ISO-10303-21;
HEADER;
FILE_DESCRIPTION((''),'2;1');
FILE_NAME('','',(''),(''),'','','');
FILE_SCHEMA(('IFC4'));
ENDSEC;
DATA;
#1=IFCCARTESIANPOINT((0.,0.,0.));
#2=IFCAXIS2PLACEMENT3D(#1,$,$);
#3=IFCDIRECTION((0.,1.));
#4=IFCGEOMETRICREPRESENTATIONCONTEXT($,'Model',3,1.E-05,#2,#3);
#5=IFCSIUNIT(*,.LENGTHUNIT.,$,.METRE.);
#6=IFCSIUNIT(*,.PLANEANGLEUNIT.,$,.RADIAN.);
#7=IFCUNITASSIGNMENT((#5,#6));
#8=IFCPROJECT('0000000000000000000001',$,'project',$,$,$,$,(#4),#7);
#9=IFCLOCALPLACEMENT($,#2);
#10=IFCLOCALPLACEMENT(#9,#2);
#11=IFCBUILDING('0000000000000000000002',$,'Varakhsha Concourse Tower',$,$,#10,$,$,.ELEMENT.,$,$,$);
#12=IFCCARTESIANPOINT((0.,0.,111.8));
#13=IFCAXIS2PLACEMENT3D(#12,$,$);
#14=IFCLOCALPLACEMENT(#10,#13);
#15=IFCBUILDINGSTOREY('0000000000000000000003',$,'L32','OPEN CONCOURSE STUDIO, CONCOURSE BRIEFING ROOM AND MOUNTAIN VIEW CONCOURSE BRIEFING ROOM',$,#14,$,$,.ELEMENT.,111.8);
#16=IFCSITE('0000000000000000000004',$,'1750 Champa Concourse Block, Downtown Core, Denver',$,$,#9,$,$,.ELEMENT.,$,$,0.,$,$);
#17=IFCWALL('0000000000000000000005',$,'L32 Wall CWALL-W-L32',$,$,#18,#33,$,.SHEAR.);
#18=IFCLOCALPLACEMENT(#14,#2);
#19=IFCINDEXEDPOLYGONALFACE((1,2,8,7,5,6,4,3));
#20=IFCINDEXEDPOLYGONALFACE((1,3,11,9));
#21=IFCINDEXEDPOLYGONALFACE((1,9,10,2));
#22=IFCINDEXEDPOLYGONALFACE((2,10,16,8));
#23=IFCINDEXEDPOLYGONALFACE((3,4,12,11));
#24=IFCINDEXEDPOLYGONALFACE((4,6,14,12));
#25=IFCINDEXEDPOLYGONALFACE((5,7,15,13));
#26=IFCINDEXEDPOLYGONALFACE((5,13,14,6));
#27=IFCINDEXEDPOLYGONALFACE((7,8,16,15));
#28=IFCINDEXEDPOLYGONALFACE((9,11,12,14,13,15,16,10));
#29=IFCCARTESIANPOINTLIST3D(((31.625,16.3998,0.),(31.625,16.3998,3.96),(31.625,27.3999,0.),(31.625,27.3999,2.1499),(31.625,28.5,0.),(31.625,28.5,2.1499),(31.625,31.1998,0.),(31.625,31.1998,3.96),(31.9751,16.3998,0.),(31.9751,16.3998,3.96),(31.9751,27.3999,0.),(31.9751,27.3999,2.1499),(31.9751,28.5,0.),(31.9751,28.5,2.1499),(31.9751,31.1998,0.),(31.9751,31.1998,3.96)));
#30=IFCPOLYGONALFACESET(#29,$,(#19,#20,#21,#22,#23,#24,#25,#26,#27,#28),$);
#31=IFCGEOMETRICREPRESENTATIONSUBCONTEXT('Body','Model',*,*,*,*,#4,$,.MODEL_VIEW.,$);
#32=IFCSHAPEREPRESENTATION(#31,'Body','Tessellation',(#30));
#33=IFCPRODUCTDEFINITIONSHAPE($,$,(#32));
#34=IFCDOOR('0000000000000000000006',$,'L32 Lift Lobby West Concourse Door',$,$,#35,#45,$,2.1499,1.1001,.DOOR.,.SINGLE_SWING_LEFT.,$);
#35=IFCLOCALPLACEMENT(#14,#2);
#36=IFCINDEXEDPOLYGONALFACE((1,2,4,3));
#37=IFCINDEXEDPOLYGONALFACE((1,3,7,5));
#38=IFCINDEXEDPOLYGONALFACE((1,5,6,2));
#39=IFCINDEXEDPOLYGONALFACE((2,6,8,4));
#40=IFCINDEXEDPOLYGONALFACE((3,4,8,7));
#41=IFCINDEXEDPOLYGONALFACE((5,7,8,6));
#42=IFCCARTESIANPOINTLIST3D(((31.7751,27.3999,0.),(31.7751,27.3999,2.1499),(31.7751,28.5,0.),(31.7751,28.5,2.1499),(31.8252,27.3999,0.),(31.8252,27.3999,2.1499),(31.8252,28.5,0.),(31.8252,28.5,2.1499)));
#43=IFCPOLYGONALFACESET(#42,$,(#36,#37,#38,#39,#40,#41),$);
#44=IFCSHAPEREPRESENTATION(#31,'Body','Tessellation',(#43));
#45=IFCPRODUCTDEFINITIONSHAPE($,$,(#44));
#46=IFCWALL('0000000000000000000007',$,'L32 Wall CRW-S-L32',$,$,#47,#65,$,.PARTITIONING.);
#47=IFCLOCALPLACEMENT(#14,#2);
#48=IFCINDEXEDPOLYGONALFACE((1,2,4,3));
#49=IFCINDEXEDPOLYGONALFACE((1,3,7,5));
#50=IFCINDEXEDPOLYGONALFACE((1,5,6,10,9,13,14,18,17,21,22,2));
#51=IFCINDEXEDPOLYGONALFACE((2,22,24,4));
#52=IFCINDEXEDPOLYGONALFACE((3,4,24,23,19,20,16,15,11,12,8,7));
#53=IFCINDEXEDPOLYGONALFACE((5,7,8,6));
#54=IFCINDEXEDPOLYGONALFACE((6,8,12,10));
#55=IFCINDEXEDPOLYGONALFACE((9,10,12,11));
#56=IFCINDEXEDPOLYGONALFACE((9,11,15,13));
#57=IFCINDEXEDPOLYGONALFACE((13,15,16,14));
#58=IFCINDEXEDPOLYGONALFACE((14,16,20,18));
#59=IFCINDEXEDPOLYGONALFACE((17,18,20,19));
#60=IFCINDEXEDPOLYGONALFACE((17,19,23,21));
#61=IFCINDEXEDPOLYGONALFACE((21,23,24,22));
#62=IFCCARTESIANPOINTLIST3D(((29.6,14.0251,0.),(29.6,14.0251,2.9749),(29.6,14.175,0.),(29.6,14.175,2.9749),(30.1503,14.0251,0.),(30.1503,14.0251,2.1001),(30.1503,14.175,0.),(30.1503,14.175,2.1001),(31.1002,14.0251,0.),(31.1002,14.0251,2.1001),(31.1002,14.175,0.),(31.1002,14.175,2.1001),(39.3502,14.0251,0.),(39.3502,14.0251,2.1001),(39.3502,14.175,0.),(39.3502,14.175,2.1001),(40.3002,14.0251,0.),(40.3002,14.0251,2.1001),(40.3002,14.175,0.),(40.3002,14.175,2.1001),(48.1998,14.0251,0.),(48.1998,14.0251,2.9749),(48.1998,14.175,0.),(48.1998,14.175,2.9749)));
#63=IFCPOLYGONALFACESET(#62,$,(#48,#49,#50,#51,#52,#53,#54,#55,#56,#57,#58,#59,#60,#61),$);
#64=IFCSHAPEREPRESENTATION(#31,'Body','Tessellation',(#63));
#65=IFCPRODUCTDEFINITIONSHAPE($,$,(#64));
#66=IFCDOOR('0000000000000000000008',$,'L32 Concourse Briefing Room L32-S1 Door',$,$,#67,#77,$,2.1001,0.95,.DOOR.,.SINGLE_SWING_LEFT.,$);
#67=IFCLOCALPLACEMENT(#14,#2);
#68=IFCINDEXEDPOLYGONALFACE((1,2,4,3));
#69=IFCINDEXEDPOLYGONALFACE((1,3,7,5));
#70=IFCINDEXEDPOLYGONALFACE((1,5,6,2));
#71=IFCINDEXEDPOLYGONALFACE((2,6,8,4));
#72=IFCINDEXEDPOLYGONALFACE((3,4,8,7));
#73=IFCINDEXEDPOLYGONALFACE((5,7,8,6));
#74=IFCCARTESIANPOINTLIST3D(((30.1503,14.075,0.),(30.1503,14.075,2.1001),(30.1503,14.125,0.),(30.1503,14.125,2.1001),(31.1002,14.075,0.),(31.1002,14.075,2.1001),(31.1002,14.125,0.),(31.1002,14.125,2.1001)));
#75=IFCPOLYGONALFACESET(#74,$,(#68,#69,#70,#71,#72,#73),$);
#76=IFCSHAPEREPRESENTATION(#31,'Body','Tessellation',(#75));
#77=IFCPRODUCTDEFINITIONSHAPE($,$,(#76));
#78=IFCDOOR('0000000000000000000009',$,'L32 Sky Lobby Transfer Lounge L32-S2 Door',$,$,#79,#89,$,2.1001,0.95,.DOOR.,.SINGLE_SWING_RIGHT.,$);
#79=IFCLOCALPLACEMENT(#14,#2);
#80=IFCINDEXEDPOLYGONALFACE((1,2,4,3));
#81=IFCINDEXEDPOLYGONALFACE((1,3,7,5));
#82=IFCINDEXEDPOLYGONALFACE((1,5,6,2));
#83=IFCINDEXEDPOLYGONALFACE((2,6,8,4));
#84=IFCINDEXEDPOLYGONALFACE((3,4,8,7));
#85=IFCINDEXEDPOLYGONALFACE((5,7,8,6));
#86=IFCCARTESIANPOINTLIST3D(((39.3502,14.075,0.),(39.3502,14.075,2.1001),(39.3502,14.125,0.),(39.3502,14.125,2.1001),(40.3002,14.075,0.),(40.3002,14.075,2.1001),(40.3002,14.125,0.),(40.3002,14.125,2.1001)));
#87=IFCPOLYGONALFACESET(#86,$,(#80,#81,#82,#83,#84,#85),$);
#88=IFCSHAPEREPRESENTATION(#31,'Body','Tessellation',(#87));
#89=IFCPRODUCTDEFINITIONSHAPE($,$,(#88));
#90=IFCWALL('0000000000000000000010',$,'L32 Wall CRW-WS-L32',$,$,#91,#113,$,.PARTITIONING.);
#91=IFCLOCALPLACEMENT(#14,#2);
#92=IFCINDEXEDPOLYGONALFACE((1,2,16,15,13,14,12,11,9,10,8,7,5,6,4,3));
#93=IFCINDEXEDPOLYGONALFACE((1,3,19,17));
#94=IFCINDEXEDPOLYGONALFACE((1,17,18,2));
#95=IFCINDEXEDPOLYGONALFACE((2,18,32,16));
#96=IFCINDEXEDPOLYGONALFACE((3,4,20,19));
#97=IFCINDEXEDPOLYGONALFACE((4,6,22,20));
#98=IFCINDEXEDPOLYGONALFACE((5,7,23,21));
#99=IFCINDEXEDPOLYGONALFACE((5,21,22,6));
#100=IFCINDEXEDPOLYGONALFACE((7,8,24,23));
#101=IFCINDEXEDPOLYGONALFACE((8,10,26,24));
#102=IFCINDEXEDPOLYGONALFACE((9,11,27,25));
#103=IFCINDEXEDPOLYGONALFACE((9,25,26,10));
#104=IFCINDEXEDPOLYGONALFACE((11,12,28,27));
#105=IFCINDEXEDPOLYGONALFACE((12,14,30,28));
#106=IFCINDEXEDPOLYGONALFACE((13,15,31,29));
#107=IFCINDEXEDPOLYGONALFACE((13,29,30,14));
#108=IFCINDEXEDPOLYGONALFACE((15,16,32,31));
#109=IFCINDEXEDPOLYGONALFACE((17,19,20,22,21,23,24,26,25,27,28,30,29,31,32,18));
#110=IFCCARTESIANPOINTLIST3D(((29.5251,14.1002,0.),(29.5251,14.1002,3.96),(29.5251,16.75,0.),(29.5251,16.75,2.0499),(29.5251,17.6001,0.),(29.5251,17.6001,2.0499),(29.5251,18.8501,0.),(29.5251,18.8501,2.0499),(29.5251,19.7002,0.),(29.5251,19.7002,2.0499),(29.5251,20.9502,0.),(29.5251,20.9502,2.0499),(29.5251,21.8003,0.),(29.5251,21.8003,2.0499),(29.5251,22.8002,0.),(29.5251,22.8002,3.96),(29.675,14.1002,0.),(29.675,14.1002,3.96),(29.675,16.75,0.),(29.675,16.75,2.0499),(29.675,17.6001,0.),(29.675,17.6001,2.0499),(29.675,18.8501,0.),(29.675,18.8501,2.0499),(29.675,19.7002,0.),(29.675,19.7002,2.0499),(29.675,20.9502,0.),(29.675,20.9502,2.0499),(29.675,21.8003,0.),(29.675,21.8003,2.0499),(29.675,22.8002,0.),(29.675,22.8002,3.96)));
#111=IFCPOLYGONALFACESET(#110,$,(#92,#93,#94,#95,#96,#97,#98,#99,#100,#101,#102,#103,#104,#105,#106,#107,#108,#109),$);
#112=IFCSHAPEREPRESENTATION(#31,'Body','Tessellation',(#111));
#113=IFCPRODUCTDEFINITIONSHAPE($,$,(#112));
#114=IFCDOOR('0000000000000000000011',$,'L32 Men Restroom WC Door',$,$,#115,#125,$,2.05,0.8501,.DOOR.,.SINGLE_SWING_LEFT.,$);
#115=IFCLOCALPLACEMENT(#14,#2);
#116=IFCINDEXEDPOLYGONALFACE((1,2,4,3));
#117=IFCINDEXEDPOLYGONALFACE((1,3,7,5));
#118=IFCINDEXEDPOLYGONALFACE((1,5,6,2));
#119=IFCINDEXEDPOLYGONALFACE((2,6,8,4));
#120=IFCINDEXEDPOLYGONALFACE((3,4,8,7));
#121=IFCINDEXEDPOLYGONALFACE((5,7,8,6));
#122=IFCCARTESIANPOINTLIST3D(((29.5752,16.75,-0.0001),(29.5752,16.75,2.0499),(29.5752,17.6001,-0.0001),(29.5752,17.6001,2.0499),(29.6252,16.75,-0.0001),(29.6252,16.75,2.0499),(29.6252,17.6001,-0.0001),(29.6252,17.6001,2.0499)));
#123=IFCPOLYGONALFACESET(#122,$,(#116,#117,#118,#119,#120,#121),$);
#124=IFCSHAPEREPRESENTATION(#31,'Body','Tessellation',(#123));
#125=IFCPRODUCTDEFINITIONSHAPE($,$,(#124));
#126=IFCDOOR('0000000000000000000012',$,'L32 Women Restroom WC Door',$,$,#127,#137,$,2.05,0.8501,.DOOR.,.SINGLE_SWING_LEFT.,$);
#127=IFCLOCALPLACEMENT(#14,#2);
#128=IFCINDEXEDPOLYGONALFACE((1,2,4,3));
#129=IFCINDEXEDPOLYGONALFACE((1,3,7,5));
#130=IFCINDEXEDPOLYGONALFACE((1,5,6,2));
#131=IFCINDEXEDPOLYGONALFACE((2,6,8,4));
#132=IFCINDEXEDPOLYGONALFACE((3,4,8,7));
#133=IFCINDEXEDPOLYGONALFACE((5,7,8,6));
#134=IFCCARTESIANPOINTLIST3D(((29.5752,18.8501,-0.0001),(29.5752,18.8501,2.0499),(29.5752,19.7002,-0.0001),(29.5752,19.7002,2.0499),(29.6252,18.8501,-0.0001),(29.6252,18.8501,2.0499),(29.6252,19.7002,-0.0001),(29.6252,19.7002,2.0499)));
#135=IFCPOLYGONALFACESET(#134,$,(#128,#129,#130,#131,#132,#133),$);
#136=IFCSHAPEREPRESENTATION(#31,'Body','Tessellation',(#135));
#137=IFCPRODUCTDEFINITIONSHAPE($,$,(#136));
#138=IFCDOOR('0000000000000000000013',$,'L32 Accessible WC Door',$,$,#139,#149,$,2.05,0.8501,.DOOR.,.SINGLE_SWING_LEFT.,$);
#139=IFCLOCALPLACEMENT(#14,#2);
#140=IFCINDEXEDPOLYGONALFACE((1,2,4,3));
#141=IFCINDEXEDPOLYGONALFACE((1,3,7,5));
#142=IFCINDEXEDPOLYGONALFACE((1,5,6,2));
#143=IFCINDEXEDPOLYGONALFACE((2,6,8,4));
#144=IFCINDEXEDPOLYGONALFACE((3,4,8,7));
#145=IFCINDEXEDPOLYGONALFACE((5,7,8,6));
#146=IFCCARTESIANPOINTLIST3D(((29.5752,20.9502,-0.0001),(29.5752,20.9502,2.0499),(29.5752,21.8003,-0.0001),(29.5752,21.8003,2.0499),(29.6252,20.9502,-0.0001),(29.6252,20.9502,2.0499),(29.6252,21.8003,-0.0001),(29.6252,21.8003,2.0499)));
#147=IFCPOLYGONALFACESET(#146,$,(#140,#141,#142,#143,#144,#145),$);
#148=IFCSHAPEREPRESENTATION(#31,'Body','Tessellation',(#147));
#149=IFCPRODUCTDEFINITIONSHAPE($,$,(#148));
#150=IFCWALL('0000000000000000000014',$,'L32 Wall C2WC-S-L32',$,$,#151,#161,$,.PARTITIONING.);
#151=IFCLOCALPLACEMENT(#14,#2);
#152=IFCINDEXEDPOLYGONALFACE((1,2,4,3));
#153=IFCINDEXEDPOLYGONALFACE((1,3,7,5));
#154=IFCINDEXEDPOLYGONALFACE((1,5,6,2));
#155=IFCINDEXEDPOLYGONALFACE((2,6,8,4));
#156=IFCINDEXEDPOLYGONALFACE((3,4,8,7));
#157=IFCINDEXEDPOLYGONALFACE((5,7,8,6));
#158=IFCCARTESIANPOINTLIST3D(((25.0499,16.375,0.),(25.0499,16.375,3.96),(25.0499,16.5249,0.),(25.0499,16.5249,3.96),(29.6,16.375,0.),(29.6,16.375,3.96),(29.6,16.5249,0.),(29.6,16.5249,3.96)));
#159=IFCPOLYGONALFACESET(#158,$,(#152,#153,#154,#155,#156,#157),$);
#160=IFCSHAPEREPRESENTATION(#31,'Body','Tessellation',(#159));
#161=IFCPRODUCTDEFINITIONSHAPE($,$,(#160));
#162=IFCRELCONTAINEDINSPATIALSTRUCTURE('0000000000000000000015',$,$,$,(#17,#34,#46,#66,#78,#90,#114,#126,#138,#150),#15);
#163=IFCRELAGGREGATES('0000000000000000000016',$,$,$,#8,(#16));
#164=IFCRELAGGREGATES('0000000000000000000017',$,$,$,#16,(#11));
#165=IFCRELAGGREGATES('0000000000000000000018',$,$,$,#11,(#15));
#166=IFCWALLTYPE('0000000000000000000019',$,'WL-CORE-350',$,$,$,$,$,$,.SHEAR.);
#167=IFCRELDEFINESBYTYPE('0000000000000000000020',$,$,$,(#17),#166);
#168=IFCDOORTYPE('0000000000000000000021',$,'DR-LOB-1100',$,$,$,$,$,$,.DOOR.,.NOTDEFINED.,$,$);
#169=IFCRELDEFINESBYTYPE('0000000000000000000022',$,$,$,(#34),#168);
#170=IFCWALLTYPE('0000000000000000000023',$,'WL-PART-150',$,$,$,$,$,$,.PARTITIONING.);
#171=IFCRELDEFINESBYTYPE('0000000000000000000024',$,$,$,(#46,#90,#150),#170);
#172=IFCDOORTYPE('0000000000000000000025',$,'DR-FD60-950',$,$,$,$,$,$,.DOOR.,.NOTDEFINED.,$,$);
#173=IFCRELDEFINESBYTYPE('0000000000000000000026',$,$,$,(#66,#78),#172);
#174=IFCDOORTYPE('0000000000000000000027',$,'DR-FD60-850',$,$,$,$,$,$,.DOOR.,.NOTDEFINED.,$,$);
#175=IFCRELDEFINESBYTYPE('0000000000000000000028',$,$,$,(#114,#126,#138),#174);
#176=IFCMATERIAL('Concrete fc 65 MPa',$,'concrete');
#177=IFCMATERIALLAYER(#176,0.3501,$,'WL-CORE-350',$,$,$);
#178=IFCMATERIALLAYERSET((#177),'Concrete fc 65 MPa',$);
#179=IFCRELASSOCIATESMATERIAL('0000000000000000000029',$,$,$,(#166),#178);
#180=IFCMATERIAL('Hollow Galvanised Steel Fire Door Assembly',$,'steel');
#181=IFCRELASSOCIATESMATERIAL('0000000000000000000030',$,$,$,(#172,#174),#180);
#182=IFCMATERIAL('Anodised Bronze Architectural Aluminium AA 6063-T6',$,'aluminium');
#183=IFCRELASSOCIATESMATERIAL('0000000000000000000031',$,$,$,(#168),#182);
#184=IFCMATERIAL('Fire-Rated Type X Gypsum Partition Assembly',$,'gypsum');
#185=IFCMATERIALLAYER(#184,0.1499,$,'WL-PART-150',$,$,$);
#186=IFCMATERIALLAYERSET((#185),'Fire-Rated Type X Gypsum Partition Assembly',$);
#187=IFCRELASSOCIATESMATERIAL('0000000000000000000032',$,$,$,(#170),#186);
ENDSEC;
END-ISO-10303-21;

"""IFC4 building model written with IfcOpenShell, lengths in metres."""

from ifc_helpers import new_model, si_unit, direction, frame, frame_2d, origin, place, context, subcontext, project, spatial, rectangle, extrude, material, layer, layer_set, type_object, element, fill, save


model = new_model("IFC4")

# Units and contexts
model_context = context("Model", 3, precision=1e-05, world=origin(), true_north=direction((0.0, 1.0)))
body_context = subcontext(model_context, "Body", "Model", "MODEL_VIEW")
ifc_project = project(units=[si_unit("LENGTHUNIT", "METRE"), si_unit("PLANEANGLEUNIT", "RADIAN")], contexts=[model_context])

# Site, building, storey
site_placement = place(None, origin())
site = spatial("IfcSite", under=ifc_project, at=site_placement, Name="1750 Champa Concourse Block, Downtown Core, Denver", CompositionType="ELEMENT", RefElevation=0.0)
building_placement = place(site_placement, origin())
building = spatial("IfcBuilding", under=site, at=building_placement, Name="Varakhsha Concourse Tower", CompositionType="ELEMENT")
storey_placement = place(building_placement, frame((0.0, 0.0, 111.8)))
storey = spatial("IfcBuildingStorey", under=building, at=storey_placement, Name="L32", Description="OPEN CONCOURSE STUDIO, CONCOURSE BRIEFING ROOM AND MOUNTAIN VIEW CONCOURSE BRIEFING ROOM", CompositionType="ELEMENT", Elevation=111.8)

# Shared definitions
ifc_material_1 = material(Name="Concrete fc 65 MPa", Category="concrete")

# Shared definitions
ifc_layer_1 = layer(ifc_material_1, 0.3501, Name="WL-CORE-350")
ifc_layer_set_1 = layer_set([ifc_layer_1], Name="Concrete fc 65 MPa")
wall_type_1 = type_object("IfcWallType", Name="WL-CORE-350", PredefinedType="SHEAR", material=ifc_layer_set_1)
ifc_material_2 = material(Name="Hollow Galvanised Steel Fire Door Assembly", Category="steel")
door_type_1 = type_object("IfcDoorType", Name="DR-FD60-950", OperationType="NOTDEFINED", PredefinedType="DOOR", material=ifc_material_2)

# Wall, opening, door
wall_1_placement = place(storey_placement, frame((31.8, 16.3999, 0.0), z_axis=(0.0, 0.0, 1.0), x_axis=(0.0, 1.0, 0.0)))
wall_1 = element("IfcWall", 1, at=wall_1_placement, inside=storey, type_object=wall_type_1, Name="L32 Wall CWALL-W-L32", PredefinedType="SHEAR", context=body_context, shape_type="SweptSolid", body=[
    extrude(rectangle(XDim=14.8, YDim=0.3501, at=frame_2d((7.3999, 0.0))), origin(), (0.0, 0.0, 1.0), 3.96),
])
opening_1_placement = place(wall_1_placement, frame((11.0, 0.0, 0.0)))
opening_1 = element("IfcOpeningElement", 2, at=opening_1_placement, cuts=wall_1, PredefinedType="OPENING", context=body_context, shape_type="SweptSolid", body=[
    extrude(rectangle(XDim=1.1001, YDim=2.1499, at=frame_2d((0.55, 1.075))), frame((0.0, 0.1851, 0.0), z_axis=(0.0, -1.0, 0.0), x_axis=(1.0, 0.0, 0.0)), (0.0, 0.0, 1.0), 0.3701),
])
ifc_material_3 = material(Name="Anodised Bronze Architectural Aluminium AA 6063-T6", Category="aluminium")
door_type_2 = type_object("IfcDoorType", Name="DR-LOB-1100", OperationType="NOTDEFINED", PredefinedType="DOOR", material=ifc_material_3)
door_1_placement = place(opening_1_placement, origin())
door_1 = element("IfcDoor", 3, at=door_1_placement, inside=storey, type_object=door_type_2, Name="L32 Lift Lobby West Concourse Door", OperationType="SINGLE_SWING_LEFT", OverallHeight=2.1499, OverallWidth=1.1001, PredefinedType="DOOR", context=body_context, shape_type="SweptSolid", body=[
    extrude(rectangle(XDim=1.1001, YDim=2.1499, at=frame_2d((0.55, 1.075))), frame((0.0, 0.0249, 0.0), z_axis=(0.0, -1.0, 0.0), x_axis=(1.0, 0.0, 0.0)), (0.0, 0.0, 1.0), 0.05),
])
fill(opening_1, door_1)

# Walls, openings, doors
ifc_material_4 = material(Name="Fire-Rated Type X Gypsum Partition Assembly", Category="gypsum")
ifc_layer_2 = layer(ifc_material_4, 0.1499, Name="WL-PART-150")
ifc_layer_set_2 = layer_set([ifc_layer_2], Name="Fire-Rated Type X Gypsum Partition Assembly")
wall_type_2 = type_object("IfcWallType", Name="WL-PART-150", PredefinedType="PARTITIONING", material=ifc_layer_set_2)
wall_2_placement = place(storey_placement, frame((29.6001, 14.1001, 0.0), z_axis=(0.0, 0.0, 1.0), x_axis=(1.0, 0.0, 0.0)))
wall_2 = element("IfcWall", 4, at=wall_2_placement, inside=storey, type_object=wall_type_2, Name="L32 Wall CRW-S-L32", PredefinedType="PARTITIONING", context=body_context, shape_type="SweptSolid", body=[
    extrude(rectangle(XDim=18.5999, YDim=0.1499, at=frame_2d((9.2998, 0.0))), origin(), (0.0, 0.0, 1.0), 2.9749),
])
opening_2_placement = place(wall_2_placement, frame((0.55, 0.0, 0.0)))
opening_2 = element("IfcOpeningElement", 5, at=opening_2_placement, cuts=wall_2, PredefinedType="OPENING", context=body_context, shape_type="SweptSolid", body=[
    extrude(rectangle(XDim=0.95, YDim=2.1001, at=frame_2d((0.4751, 1.05))), frame((0.0, 0.085, 0.0), z_axis=(0.0, -1.0, 0.0), x_axis=(1.0, 0.0, 0.0)), (0.0, 0.0, 1.0), 0.1699),
])
opening_3_placement = place(wall_2_placement, frame((9.75, 0.0, 0.0)))
opening_3 = element("IfcOpeningElement", 6, at=opening_3_placement, cuts=wall_2, PredefinedType="OPENING", context=body_context, shape_type="SweptSolid", body=[
    extrude(rectangle(XDim=0.95, YDim=2.1001, at=frame_2d((0.4751, 1.05))), frame((0.0, 0.085, 0.0), z_axis=(0.0, -1.0, 0.0), x_axis=(1.0, 0.0, 0.0)), (0.0, 0.0, 1.0), 0.1699),
])
door_2_placement = place(opening_2_placement, origin())
door_2 = element("IfcDoor", 7, at=door_2_placement, inside=storey, type_object=door_type_1, Name="L32 Concourse Briefing Room L32-S1 Door", OperationType="SINGLE_SWING_LEFT", OverallHeight=2.1001, OverallWidth=0.95, PredefinedType="DOOR", context=body_context, shape_type="SweptSolid", body=[
    extrude(rectangle(XDim=0.95, YDim=2.1001, at=frame_2d((0.4751, 1.05))), frame((0.0, 0.0249, 0.0), z_axis=(0.0, -1.0, 0.0), x_axis=(1.0, 0.0, 0.0)), (0.0, 0.0, 1.0), 0.05),
])
fill(opening_2, door_2)
door_3_placement = place(opening_3_placement, origin())
door_3 = element("IfcDoor", 8, at=door_3_placement, inside=storey, type_object=door_type_1, Name="L32 Sky Lobby Transfer Lounge L32-S2 Door", OperationType="SINGLE_SWING_RIGHT", OverallHeight=2.1001, OverallWidth=0.95, PredefinedType="DOOR", context=body_context, shape_type="SweptSolid", body=[
    extrude(rectangle(XDim=0.95, YDim=2.1001, at=frame_2d((0.4751, 1.05))), frame((0.0, 0.0249, 0.0), z_axis=(0.0, -1.0, 0.0), x_axis=(1.0, 0.0, 0.0)), (0.0, 0.0, 1.0), 0.05),
])
fill(opening_3, door_3)
wall_3_placement = place(storey_placement, frame((29.6001, 14.1001, 0.0), z_axis=(0.0, 0.0, 1.0), x_axis=(0.0, 1.0, 0.0)))
wall_3 = element("IfcWall", 9, at=wall_3_placement, inside=storey, type_object=wall_type_2, Name="L32 Wall CRW-WS-L32", PredefinedType="PARTITIONING", context=body_context, shape_type="SweptSolid", body=[
    extrude(rectangle(XDim=8.7, YDim=0.1499, at=frame_2d((4.3501, 0.0))), origin(), (0.0, 0.0, 1.0), 3.96),
])
opening_4_placement = place(wall_3_placement, frame((2.6499, 0.0, 0.0)))
opening_4 = element("IfcOpeningElement", 10, at=opening_4_placement, cuts=wall_3, PredefinedType="OPENING", context=body_context, shape_type="SweptSolid", body=[
    extrude(rectangle(XDim=0.8501, YDim=2.05, at=frame_2d((0.425, 1.0249))), frame((0.0, 0.085, 0.0), z_axis=(0.0, -1.0, 0.0), x_axis=(1.0, 0.0, 0.0)), (0.0, 0.0, 1.0), 0.1699),
])
opening_5_placement = place(wall_3_placement, frame((4.75, 0.0, 0.0)))
opening_5 = element("IfcOpeningElement", 11, at=opening_5_placement, cuts=wall_3, PredefinedType="OPENING", context=body_context, shape_type="SweptSolid", body=[
    extrude(rectangle(XDim=0.8501, YDim=2.05, at=frame_2d((0.425, 1.0249))), frame((0.0, 0.085, 0.0), z_axis=(0.0, -1.0, 0.0), x_axis=(1.0, 0.0, 0.0)), (0.0, 0.0, 1.0), 0.1699),
])
opening_6_placement = place(wall_3_placement, frame((6.8501, 0.0, 0.0)))
opening_6 = element("IfcOpeningElement", 12, at=opening_6_placement, cuts=wall_3, PredefinedType="OPENING", context=body_context, shape_type="SweptSolid", body=[
    extrude(rectangle(XDim=0.8501, YDim=2.05, at=frame_2d((0.425, 1.0249))), frame((0.0, 0.085, 0.0), z_axis=(0.0, -1.0, 0.0), x_axis=(1.0, 0.0, 0.0)), (0.0, 0.0, 1.0), 0.1699),
])
door_type_3 = type_object("IfcDoorType", Name="DR-FD60-850", OperationType="NOTDEFINED", PredefinedType="DOOR", material=ifc_material_2)
door_4_placement = place(opening_4_placement, origin())
door_4 = element("IfcDoor", 13, at=door_4_placement, inside=storey, type_object=door_type_3, Name="L32 Men Restroom WC Door", OperationType="SINGLE_SWING_LEFT", OverallHeight=2.05, OverallWidth=0.8501, PredefinedType="DOOR", context=body_context, shape_type="SweptSolid", body=[
    extrude(rectangle(XDim=0.8501, YDim=2.05, at=frame_2d((0.425, 1.0249))), frame((0.0, 0.0249, 0.0), z_axis=(0.0, -1.0, 0.0), x_axis=(1.0, 0.0, 0.0)), (0.0, 0.0, 1.0), 0.05),
])
fill(opening_4, door_4)
door_5_placement = place(opening_5_placement, origin())
door_5 = element("IfcDoor", 14, at=door_5_placement, inside=storey, type_object=door_type_3, Name="L32 Women Restroom WC Door", OperationType="SINGLE_SWING_LEFT", OverallHeight=2.05, OverallWidth=0.8501, PredefinedType="DOOR", context=body_context, shape_type="SweptSolid", body=[
    extrude(rectangle(XDim=0.8501, YDim=2.05, at=frame_2d((0.425, 1.0249))), frame((0.0, 0.0249, 0.0), z_axis=(0.0, -1.0, 0.0), x_axis=(1.0, 0.0, 0.0)), (0.0, 0.0, 1.0), 0.05),
])
fill(opening_5, door_5)
door_6_placement = place(opening_6_placement, origin())
door_6 = element("IfcDoor", 15, at=door_6_placement, inside=storey, type_object=door_type_3, Name="L32 Accessible WC Door", OperationType="SINGLE_SWING_LEFT", OverallHeight=2.05, OverallWidth=0.8501, PredefinedType="DOOR", context=body_context, shape_type="SweptSolid", body=[
    extrude(rectangle(XDim=0.8501, YDim=2.05, at=frame_2d((0.425, 1.0249))), frame((0.0, 0.0249, 0.0), z_axis=(0.0, -1.0, 0.0), x_axis=(1.0, 0.0, 0.0)), (0.0, 0.0, 1.0), 0.05),
])
fill(opening_6, door_6)

# Wall
for number, where, z_axis, x_axis, name in (
    (16, (25.05, 16.45, 0.0), (0.0, 0.0, 1.0), (1.0, 0.0, 0.0), "L32 Wall C2WC-S-L32"),
):
    element("IfcWall", number, at=place(storey_placement, frame(where, z_axis=z_axis, x_axis=x_axis)), inside=storey, type_object=wall_type_2, Name=name, PredefinedType="PARTITIONING", context=body_context, shape_type="SweptSolid", body=[
        extrude(rectangle(XDim=4.55, YDim=0.1499, at=frame_2d((2.2749, 0.0))), origin(), (0.0, 0.0, 1.0), 3.96),
    ])

save(model, "model.ifc")
